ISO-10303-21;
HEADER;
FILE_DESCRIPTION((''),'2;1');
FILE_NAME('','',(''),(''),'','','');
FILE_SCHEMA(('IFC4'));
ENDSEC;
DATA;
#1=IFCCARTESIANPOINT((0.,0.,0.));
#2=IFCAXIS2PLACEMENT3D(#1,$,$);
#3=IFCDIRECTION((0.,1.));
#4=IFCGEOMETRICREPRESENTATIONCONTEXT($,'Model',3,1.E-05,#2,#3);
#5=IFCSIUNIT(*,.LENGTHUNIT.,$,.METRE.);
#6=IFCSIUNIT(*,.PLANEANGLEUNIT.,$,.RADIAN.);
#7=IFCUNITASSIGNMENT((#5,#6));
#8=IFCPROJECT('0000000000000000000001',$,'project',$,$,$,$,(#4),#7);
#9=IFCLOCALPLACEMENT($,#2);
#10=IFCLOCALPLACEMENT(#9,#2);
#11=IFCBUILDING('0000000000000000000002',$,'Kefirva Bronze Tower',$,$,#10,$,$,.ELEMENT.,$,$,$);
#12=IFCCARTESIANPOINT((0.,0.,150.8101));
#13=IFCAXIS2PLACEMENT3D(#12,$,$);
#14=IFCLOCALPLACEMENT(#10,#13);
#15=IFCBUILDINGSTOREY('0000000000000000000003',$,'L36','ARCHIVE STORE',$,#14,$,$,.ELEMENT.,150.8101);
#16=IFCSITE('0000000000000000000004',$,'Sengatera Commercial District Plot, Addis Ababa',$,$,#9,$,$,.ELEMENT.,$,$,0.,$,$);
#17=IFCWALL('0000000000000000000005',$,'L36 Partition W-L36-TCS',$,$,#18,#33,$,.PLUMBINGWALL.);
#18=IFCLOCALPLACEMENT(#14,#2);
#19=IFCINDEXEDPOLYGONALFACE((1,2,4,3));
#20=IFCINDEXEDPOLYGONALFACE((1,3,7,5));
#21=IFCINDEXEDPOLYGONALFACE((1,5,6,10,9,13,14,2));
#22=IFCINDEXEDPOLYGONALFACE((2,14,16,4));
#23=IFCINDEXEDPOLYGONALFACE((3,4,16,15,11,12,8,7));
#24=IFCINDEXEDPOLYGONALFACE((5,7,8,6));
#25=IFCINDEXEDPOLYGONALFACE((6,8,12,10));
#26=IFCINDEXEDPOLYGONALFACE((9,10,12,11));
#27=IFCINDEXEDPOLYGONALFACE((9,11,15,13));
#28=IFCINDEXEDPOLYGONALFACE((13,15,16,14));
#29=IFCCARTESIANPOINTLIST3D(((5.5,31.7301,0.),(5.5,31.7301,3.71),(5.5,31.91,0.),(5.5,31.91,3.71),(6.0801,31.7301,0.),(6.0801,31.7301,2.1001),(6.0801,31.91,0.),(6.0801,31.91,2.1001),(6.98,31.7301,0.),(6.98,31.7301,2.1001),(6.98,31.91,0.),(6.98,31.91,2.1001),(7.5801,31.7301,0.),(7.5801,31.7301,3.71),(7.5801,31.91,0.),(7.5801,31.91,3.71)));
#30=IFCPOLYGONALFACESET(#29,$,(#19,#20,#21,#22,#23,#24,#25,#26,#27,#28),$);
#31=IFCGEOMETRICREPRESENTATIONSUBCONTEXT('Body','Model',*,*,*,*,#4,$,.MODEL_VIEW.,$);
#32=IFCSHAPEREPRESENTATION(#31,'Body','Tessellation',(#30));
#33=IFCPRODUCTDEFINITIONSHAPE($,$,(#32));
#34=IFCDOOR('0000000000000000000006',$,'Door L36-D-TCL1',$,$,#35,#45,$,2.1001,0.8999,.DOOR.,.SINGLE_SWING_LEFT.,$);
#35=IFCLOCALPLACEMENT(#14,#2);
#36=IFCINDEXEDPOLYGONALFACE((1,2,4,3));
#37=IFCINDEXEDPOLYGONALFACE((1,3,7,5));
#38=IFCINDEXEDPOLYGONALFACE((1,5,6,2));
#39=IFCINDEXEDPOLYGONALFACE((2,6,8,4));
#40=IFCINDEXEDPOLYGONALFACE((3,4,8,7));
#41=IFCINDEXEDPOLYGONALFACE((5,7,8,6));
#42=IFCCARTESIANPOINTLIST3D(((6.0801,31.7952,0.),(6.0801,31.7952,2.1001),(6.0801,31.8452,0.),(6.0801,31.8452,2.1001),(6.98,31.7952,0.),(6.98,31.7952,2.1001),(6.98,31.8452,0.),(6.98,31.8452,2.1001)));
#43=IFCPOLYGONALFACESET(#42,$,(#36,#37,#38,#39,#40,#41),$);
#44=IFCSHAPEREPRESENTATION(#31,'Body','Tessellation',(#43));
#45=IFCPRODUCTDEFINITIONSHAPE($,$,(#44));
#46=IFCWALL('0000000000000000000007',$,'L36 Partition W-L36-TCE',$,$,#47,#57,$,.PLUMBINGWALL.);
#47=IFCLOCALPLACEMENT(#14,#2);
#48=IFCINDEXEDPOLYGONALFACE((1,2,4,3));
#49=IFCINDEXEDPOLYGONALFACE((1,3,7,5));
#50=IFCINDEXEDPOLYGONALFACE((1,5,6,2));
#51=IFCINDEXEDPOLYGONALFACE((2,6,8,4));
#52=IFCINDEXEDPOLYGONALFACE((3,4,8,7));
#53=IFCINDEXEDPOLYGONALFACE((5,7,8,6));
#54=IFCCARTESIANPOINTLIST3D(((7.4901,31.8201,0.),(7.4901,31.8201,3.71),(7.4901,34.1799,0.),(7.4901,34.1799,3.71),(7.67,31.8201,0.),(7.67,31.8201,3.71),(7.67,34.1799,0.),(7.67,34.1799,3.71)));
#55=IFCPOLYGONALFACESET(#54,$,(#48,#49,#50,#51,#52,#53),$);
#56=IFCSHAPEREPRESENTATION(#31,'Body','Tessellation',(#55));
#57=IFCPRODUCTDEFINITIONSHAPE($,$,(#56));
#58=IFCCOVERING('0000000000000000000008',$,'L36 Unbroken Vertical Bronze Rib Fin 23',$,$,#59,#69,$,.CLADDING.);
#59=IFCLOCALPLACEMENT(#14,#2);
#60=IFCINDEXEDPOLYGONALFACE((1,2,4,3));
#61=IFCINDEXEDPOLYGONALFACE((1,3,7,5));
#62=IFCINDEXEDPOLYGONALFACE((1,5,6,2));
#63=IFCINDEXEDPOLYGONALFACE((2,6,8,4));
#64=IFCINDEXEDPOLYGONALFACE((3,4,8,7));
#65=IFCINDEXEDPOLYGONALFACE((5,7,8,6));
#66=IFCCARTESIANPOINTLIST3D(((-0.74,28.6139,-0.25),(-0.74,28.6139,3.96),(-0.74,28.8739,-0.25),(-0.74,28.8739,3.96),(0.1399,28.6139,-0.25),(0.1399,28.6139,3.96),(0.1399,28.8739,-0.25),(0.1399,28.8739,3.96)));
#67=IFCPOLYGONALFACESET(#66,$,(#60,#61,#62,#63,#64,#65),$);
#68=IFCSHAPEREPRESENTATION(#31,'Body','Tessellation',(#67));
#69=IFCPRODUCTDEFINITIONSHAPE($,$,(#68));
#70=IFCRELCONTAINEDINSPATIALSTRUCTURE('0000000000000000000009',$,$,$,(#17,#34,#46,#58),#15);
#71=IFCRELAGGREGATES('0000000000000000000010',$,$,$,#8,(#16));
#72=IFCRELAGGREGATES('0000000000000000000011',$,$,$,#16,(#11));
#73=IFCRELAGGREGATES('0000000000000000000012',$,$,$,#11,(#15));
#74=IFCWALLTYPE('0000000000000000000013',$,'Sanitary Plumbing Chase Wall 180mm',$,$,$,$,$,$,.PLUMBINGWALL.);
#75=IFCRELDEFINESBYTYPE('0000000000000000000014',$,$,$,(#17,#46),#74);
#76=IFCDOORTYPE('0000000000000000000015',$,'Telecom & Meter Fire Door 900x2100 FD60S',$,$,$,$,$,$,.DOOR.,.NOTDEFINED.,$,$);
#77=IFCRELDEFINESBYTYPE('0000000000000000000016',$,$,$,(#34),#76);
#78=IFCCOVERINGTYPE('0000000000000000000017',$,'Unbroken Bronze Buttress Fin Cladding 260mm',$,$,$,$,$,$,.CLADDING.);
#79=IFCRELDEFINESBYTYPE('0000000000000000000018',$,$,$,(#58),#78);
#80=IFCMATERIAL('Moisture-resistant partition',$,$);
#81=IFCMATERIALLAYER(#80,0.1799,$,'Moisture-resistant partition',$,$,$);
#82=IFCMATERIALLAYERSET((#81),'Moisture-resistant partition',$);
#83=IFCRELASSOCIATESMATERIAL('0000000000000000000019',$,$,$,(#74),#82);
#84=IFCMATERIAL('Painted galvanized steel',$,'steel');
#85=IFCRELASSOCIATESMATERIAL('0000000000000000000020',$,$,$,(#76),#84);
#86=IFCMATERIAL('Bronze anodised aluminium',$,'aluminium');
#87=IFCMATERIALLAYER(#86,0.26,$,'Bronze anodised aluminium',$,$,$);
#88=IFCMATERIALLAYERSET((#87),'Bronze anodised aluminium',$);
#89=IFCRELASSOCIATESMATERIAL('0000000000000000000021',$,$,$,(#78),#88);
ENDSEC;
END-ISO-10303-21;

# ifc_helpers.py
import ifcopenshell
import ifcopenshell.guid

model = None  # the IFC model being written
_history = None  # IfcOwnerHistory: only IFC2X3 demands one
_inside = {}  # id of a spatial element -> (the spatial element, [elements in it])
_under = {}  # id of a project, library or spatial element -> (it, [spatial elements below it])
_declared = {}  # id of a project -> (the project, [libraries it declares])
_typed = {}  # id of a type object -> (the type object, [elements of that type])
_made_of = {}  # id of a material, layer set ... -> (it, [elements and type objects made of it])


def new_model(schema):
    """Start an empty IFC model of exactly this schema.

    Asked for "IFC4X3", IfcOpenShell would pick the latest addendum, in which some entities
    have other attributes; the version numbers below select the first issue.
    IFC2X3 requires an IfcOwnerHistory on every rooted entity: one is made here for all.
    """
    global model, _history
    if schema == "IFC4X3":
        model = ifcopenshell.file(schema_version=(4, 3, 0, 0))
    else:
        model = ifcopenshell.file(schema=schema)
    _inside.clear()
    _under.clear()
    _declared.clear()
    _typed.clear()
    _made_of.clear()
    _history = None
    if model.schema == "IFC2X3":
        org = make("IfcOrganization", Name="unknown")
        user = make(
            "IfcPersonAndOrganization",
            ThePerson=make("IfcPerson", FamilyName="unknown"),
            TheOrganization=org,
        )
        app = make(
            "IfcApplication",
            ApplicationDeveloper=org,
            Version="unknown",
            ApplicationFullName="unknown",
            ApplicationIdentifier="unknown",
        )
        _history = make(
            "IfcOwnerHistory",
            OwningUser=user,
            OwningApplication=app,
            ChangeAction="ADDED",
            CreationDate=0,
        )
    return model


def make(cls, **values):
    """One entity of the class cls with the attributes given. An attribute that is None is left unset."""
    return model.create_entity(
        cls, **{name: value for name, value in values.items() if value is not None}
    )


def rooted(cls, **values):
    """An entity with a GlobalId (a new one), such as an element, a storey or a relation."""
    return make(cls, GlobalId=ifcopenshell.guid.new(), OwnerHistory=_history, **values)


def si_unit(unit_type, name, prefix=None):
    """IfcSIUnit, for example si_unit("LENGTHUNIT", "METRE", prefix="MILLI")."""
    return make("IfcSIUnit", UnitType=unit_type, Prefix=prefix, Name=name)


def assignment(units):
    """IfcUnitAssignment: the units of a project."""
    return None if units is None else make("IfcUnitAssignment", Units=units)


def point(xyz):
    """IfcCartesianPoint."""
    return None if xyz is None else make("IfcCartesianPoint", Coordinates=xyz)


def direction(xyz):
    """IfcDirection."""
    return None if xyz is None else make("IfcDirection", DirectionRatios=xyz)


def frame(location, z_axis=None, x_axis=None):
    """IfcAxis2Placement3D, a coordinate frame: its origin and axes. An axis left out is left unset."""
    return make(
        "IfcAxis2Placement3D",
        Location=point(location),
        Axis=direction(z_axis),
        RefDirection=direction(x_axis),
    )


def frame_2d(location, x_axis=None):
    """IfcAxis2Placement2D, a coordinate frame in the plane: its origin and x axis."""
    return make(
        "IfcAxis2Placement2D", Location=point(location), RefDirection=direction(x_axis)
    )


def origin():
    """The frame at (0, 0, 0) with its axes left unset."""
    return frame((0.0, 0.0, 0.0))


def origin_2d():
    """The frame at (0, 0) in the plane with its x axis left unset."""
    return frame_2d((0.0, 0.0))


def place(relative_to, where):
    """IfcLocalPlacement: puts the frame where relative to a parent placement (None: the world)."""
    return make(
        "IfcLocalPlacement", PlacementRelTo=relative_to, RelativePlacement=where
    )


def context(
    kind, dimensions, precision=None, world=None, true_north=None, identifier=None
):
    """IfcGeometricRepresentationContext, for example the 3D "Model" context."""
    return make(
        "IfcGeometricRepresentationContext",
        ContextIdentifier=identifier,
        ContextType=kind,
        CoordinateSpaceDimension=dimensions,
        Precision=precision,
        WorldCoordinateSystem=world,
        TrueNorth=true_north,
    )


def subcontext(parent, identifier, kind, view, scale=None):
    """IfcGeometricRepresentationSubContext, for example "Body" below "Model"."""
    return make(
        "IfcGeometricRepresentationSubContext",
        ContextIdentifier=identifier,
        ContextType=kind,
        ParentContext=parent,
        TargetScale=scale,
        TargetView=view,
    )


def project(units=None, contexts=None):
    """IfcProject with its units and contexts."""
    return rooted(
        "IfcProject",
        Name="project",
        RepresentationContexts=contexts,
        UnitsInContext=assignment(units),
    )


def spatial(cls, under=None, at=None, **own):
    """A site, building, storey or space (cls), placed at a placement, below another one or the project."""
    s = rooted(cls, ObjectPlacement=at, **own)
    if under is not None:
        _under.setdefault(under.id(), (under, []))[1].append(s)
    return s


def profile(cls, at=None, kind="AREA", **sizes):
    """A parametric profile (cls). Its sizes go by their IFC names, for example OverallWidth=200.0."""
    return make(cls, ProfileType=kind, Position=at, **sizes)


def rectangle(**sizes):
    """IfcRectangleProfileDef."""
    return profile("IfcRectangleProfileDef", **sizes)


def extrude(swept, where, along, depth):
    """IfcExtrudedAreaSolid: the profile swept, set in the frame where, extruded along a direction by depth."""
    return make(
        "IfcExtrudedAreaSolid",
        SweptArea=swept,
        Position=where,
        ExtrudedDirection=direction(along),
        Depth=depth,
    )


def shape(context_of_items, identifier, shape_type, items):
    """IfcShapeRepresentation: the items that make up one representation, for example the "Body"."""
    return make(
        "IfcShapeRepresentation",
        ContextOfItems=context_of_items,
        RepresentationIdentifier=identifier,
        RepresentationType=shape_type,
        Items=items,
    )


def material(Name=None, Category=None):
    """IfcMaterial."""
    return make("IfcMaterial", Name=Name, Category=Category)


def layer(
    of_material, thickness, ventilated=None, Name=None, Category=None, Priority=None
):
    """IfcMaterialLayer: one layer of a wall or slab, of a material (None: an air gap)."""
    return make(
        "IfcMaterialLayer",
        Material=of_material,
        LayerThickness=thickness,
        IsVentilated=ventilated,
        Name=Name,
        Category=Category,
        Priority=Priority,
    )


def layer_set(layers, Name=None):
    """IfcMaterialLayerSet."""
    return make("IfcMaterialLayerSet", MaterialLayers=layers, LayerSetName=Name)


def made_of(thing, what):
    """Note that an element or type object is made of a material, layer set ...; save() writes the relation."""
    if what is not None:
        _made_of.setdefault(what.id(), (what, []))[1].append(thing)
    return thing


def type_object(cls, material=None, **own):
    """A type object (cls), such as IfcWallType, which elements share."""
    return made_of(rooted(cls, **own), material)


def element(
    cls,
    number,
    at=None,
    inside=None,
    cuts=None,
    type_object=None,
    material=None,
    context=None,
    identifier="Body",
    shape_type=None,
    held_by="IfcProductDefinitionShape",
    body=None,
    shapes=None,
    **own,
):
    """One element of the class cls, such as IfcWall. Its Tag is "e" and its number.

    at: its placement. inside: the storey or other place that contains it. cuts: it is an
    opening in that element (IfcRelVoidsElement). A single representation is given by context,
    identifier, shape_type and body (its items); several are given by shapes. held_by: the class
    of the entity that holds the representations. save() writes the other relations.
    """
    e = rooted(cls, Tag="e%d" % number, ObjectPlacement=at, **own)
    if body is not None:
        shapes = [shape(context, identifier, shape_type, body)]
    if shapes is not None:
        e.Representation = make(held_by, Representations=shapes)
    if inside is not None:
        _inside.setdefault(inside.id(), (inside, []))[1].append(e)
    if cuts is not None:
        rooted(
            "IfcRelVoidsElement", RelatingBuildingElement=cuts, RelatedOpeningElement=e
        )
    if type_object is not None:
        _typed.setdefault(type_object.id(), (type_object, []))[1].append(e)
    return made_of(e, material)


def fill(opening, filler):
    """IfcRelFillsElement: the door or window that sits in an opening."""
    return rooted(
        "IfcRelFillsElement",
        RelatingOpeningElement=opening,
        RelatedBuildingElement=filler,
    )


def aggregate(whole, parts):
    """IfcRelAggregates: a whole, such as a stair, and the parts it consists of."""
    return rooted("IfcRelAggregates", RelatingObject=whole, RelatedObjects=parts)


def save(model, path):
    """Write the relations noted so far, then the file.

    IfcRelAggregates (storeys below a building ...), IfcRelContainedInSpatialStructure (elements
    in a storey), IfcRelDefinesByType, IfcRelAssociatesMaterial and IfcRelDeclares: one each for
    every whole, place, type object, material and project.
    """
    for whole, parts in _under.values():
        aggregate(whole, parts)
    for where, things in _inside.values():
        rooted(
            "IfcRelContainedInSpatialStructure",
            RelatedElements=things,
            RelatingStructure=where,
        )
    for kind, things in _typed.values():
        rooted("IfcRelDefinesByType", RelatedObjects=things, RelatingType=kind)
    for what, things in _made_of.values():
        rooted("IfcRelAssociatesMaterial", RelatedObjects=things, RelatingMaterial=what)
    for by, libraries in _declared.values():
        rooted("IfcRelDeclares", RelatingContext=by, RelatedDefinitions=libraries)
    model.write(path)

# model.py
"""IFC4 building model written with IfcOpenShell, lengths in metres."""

from ifc_helpers import new_model, si_unit, direction, frame, frame_2d, origin, origin_2d, place, context, subcontext, project, spatial, rectangle, extrude, material, layer, layer_set, type_object, element, fill, save


model = new_model("IFC4")

# Units and contexts
model_context = context("Model", 3, precision=1e-05, world=origin(), true_north=direction((0.0, 1.0)))
body_context = subcontext(model_context, "Body", "Model", "MODEL_VIEW")
ifc_project = project(units=[si_unit("LENGTHUNIT", "METRE"), si_unit("PLANEANGLEUNIT", "RADIAN")], contexts=[model_context])

# Site, building, storey
site_placement = place(None, origin())
site = spatial("IfcSite", under=ifc_project, at=site_placement, Name="Sengatera Commercial District Plot, Addis Ababa", CompositionType="ELEMENT", RefElevation=0.0)
building_placement = place(site_placement, origin())
building = spatial("IfcBuilding", under=site, at=building_placement, Name="Kefirva Bronze Tower", CompositionType="ELEMENT")
storey_placement = place(building_placement, frame((0.0, 0.0, 150.8101)))
storey = spatial("IfcBuildingStorey", under=building, at=storey_placement, Name="L36", Description="ARCHIVE STORE", CompositionType="ELEMENT", Elevation=150.8101)

# Shared definitions
ifc_material_1 = material(Name="Bronze anodised aluminium", Category="aluminium")

# Wall, opening, door
ifc_material_2 = material(Name="Moisture-resistant partition")
ifc_layer_1 = layer(ifc_material_2, 0.1799, Name="Moisture-resistant partition")
ifc_layer_set_1 = layer_set([ifc_layer_1], Name="Moisture-resistant partition")
wall_type_1 = type_object("IfcWallType", Name="Sanitary Plumbing Chase Wall 180mm", PredefinedType="PLUMBINGWALL", material=ifc_layer_set_1)
wall_1_placement = place(storey_placement, frame((5.5, 31.8201, 0.0), z_axis=(0.0, 0.0, 1.0), x_axis=(1.0, 0.0, 0.0)))
wall_1 = element("IfcWall", 1, at=wall_1_placement, inside=storey, type_object=wall_type_1, Name="L36 Partition W-L36-TCS", PredefinedType="PLUMBINGWALL", context=body_context, shape_type="SweptSolid", body=[
    extrude(rectangle(XDim=2.0801, YDim=0.1799, at=frame_2d((1.04, 0.0))), origin(), (0.0, 0.0, 1.0), 3.71),
])
opening_placement = place(wall_1_placement, frame((1.48, 0.0, 0.0), z_axis=(0.0, 0.0, 1.0), x_axis=(-1.0, 0.0, 0.0)))
opening = element("IfcOpeningElement", 2, at=opening_placement, cuts=wall_1, PredefinedType="OPENING", context=body_context, shape_type="SweptSolid", body=[
    extrude(rectangle(XDim=0.8999, YDim=2.1001, at=frame_2d((0.45, 1.05))), frame((0.0, 0.1001, 0.0), z_axis=(0.0, -1.0, 0.0), x_axis=(1.0, 0.0, 0.0)), (0.0, 0.0, 1.0), 0.2),
])
ifc_material_3 = material(Name="Painted galvanized steel", Category="steel")
door_type = type_object("IfcDoorType", Name="Telecom & Meter Fire Door 900x2100 FD60S", OperationType="NOTDEFINED", PredefinedType="DOOR", material=ifc_material_3)
door_placement = place(opening_placement, origin())
door = element("IfcDoor", 3, at=door_placement, inside=storey, type_object=door_type, Name="Door L36-D-TCL1", OperationType="SINGLE_SWING_LEFT", OverallHeight=2.1001, OverallWidth=0.8999, PredefinedType="DOOR", context=body_context, shape_type="SweptSolid", body=[
    extrude(rectangle(XDim=0.8999, YDim=2.1001, at=frame_2d((0.45, 1.05))), frame((0.0, 0.0249, 0.0), z_axis=(0.0, -1.0, 0.0), x_axis=(1.0, 0.0, 0.0)), (0.0, 0.0, 1.0), 0.05),
])
fill(opening, door)

# Wall
wall_2_placement = place(storey_placement, frame((7.5801, 31.8201, 0.0), z_axis=(0.0, 0.0, 1.0), x_axis=(0.0, 1.0, 0.0)))
element("IfcWall", 4, at=wall_2_placement, inside=storey, type_object=wall_type_1, Name="L36 Partition W-L36-TCE", PredefinedType="PLUMBINGWALL", context=body_context, shape_type="SweptSolid", body=[
    extrude(rectangle(XDim=2.3599, YDim=0.1799, at=frame_2d((1.1799, 0.0))), origin(), (0.0, 0.0, 1.0), 3.71),
])

# Covering
ifc_layer_2 = layer(ifc_material_1, 0.26, Name="Bronze anodised aluminium")
ifc_layer_set_2 = layer_set([ifc_layer_2], Name="Bronze anodised aluminium")
covering_type = type_object("IfcCoveringType", Name="Unbroken Bronze Buttress Fin Cladding 260mm", PredefinedType="CLADDING", material=ifc_layer_set_2)
covering_placement = place(storey_placement, frame((-0.3, 28.7439, -0.25), z_axis=(0.0, 0.0, 1.0), x_axis=(0.0, -1.0, 0.0)))
element("IfcCovering", 5, at=covering_placement, inside=storey, type_object=covering_type, Name="L36 Unbroken Vertical Bronze Rib Fin 23", PredefinedType="CLADDING", context=body_context, shape_type="SweptSolid", body=[
    extrude(rectangle(XDim=0.26, YDim=0.8799, at=origin_2d()), origin(), (0.0, 0.0, 1.0), 4.21),
])

save(model, "model.ifc")
